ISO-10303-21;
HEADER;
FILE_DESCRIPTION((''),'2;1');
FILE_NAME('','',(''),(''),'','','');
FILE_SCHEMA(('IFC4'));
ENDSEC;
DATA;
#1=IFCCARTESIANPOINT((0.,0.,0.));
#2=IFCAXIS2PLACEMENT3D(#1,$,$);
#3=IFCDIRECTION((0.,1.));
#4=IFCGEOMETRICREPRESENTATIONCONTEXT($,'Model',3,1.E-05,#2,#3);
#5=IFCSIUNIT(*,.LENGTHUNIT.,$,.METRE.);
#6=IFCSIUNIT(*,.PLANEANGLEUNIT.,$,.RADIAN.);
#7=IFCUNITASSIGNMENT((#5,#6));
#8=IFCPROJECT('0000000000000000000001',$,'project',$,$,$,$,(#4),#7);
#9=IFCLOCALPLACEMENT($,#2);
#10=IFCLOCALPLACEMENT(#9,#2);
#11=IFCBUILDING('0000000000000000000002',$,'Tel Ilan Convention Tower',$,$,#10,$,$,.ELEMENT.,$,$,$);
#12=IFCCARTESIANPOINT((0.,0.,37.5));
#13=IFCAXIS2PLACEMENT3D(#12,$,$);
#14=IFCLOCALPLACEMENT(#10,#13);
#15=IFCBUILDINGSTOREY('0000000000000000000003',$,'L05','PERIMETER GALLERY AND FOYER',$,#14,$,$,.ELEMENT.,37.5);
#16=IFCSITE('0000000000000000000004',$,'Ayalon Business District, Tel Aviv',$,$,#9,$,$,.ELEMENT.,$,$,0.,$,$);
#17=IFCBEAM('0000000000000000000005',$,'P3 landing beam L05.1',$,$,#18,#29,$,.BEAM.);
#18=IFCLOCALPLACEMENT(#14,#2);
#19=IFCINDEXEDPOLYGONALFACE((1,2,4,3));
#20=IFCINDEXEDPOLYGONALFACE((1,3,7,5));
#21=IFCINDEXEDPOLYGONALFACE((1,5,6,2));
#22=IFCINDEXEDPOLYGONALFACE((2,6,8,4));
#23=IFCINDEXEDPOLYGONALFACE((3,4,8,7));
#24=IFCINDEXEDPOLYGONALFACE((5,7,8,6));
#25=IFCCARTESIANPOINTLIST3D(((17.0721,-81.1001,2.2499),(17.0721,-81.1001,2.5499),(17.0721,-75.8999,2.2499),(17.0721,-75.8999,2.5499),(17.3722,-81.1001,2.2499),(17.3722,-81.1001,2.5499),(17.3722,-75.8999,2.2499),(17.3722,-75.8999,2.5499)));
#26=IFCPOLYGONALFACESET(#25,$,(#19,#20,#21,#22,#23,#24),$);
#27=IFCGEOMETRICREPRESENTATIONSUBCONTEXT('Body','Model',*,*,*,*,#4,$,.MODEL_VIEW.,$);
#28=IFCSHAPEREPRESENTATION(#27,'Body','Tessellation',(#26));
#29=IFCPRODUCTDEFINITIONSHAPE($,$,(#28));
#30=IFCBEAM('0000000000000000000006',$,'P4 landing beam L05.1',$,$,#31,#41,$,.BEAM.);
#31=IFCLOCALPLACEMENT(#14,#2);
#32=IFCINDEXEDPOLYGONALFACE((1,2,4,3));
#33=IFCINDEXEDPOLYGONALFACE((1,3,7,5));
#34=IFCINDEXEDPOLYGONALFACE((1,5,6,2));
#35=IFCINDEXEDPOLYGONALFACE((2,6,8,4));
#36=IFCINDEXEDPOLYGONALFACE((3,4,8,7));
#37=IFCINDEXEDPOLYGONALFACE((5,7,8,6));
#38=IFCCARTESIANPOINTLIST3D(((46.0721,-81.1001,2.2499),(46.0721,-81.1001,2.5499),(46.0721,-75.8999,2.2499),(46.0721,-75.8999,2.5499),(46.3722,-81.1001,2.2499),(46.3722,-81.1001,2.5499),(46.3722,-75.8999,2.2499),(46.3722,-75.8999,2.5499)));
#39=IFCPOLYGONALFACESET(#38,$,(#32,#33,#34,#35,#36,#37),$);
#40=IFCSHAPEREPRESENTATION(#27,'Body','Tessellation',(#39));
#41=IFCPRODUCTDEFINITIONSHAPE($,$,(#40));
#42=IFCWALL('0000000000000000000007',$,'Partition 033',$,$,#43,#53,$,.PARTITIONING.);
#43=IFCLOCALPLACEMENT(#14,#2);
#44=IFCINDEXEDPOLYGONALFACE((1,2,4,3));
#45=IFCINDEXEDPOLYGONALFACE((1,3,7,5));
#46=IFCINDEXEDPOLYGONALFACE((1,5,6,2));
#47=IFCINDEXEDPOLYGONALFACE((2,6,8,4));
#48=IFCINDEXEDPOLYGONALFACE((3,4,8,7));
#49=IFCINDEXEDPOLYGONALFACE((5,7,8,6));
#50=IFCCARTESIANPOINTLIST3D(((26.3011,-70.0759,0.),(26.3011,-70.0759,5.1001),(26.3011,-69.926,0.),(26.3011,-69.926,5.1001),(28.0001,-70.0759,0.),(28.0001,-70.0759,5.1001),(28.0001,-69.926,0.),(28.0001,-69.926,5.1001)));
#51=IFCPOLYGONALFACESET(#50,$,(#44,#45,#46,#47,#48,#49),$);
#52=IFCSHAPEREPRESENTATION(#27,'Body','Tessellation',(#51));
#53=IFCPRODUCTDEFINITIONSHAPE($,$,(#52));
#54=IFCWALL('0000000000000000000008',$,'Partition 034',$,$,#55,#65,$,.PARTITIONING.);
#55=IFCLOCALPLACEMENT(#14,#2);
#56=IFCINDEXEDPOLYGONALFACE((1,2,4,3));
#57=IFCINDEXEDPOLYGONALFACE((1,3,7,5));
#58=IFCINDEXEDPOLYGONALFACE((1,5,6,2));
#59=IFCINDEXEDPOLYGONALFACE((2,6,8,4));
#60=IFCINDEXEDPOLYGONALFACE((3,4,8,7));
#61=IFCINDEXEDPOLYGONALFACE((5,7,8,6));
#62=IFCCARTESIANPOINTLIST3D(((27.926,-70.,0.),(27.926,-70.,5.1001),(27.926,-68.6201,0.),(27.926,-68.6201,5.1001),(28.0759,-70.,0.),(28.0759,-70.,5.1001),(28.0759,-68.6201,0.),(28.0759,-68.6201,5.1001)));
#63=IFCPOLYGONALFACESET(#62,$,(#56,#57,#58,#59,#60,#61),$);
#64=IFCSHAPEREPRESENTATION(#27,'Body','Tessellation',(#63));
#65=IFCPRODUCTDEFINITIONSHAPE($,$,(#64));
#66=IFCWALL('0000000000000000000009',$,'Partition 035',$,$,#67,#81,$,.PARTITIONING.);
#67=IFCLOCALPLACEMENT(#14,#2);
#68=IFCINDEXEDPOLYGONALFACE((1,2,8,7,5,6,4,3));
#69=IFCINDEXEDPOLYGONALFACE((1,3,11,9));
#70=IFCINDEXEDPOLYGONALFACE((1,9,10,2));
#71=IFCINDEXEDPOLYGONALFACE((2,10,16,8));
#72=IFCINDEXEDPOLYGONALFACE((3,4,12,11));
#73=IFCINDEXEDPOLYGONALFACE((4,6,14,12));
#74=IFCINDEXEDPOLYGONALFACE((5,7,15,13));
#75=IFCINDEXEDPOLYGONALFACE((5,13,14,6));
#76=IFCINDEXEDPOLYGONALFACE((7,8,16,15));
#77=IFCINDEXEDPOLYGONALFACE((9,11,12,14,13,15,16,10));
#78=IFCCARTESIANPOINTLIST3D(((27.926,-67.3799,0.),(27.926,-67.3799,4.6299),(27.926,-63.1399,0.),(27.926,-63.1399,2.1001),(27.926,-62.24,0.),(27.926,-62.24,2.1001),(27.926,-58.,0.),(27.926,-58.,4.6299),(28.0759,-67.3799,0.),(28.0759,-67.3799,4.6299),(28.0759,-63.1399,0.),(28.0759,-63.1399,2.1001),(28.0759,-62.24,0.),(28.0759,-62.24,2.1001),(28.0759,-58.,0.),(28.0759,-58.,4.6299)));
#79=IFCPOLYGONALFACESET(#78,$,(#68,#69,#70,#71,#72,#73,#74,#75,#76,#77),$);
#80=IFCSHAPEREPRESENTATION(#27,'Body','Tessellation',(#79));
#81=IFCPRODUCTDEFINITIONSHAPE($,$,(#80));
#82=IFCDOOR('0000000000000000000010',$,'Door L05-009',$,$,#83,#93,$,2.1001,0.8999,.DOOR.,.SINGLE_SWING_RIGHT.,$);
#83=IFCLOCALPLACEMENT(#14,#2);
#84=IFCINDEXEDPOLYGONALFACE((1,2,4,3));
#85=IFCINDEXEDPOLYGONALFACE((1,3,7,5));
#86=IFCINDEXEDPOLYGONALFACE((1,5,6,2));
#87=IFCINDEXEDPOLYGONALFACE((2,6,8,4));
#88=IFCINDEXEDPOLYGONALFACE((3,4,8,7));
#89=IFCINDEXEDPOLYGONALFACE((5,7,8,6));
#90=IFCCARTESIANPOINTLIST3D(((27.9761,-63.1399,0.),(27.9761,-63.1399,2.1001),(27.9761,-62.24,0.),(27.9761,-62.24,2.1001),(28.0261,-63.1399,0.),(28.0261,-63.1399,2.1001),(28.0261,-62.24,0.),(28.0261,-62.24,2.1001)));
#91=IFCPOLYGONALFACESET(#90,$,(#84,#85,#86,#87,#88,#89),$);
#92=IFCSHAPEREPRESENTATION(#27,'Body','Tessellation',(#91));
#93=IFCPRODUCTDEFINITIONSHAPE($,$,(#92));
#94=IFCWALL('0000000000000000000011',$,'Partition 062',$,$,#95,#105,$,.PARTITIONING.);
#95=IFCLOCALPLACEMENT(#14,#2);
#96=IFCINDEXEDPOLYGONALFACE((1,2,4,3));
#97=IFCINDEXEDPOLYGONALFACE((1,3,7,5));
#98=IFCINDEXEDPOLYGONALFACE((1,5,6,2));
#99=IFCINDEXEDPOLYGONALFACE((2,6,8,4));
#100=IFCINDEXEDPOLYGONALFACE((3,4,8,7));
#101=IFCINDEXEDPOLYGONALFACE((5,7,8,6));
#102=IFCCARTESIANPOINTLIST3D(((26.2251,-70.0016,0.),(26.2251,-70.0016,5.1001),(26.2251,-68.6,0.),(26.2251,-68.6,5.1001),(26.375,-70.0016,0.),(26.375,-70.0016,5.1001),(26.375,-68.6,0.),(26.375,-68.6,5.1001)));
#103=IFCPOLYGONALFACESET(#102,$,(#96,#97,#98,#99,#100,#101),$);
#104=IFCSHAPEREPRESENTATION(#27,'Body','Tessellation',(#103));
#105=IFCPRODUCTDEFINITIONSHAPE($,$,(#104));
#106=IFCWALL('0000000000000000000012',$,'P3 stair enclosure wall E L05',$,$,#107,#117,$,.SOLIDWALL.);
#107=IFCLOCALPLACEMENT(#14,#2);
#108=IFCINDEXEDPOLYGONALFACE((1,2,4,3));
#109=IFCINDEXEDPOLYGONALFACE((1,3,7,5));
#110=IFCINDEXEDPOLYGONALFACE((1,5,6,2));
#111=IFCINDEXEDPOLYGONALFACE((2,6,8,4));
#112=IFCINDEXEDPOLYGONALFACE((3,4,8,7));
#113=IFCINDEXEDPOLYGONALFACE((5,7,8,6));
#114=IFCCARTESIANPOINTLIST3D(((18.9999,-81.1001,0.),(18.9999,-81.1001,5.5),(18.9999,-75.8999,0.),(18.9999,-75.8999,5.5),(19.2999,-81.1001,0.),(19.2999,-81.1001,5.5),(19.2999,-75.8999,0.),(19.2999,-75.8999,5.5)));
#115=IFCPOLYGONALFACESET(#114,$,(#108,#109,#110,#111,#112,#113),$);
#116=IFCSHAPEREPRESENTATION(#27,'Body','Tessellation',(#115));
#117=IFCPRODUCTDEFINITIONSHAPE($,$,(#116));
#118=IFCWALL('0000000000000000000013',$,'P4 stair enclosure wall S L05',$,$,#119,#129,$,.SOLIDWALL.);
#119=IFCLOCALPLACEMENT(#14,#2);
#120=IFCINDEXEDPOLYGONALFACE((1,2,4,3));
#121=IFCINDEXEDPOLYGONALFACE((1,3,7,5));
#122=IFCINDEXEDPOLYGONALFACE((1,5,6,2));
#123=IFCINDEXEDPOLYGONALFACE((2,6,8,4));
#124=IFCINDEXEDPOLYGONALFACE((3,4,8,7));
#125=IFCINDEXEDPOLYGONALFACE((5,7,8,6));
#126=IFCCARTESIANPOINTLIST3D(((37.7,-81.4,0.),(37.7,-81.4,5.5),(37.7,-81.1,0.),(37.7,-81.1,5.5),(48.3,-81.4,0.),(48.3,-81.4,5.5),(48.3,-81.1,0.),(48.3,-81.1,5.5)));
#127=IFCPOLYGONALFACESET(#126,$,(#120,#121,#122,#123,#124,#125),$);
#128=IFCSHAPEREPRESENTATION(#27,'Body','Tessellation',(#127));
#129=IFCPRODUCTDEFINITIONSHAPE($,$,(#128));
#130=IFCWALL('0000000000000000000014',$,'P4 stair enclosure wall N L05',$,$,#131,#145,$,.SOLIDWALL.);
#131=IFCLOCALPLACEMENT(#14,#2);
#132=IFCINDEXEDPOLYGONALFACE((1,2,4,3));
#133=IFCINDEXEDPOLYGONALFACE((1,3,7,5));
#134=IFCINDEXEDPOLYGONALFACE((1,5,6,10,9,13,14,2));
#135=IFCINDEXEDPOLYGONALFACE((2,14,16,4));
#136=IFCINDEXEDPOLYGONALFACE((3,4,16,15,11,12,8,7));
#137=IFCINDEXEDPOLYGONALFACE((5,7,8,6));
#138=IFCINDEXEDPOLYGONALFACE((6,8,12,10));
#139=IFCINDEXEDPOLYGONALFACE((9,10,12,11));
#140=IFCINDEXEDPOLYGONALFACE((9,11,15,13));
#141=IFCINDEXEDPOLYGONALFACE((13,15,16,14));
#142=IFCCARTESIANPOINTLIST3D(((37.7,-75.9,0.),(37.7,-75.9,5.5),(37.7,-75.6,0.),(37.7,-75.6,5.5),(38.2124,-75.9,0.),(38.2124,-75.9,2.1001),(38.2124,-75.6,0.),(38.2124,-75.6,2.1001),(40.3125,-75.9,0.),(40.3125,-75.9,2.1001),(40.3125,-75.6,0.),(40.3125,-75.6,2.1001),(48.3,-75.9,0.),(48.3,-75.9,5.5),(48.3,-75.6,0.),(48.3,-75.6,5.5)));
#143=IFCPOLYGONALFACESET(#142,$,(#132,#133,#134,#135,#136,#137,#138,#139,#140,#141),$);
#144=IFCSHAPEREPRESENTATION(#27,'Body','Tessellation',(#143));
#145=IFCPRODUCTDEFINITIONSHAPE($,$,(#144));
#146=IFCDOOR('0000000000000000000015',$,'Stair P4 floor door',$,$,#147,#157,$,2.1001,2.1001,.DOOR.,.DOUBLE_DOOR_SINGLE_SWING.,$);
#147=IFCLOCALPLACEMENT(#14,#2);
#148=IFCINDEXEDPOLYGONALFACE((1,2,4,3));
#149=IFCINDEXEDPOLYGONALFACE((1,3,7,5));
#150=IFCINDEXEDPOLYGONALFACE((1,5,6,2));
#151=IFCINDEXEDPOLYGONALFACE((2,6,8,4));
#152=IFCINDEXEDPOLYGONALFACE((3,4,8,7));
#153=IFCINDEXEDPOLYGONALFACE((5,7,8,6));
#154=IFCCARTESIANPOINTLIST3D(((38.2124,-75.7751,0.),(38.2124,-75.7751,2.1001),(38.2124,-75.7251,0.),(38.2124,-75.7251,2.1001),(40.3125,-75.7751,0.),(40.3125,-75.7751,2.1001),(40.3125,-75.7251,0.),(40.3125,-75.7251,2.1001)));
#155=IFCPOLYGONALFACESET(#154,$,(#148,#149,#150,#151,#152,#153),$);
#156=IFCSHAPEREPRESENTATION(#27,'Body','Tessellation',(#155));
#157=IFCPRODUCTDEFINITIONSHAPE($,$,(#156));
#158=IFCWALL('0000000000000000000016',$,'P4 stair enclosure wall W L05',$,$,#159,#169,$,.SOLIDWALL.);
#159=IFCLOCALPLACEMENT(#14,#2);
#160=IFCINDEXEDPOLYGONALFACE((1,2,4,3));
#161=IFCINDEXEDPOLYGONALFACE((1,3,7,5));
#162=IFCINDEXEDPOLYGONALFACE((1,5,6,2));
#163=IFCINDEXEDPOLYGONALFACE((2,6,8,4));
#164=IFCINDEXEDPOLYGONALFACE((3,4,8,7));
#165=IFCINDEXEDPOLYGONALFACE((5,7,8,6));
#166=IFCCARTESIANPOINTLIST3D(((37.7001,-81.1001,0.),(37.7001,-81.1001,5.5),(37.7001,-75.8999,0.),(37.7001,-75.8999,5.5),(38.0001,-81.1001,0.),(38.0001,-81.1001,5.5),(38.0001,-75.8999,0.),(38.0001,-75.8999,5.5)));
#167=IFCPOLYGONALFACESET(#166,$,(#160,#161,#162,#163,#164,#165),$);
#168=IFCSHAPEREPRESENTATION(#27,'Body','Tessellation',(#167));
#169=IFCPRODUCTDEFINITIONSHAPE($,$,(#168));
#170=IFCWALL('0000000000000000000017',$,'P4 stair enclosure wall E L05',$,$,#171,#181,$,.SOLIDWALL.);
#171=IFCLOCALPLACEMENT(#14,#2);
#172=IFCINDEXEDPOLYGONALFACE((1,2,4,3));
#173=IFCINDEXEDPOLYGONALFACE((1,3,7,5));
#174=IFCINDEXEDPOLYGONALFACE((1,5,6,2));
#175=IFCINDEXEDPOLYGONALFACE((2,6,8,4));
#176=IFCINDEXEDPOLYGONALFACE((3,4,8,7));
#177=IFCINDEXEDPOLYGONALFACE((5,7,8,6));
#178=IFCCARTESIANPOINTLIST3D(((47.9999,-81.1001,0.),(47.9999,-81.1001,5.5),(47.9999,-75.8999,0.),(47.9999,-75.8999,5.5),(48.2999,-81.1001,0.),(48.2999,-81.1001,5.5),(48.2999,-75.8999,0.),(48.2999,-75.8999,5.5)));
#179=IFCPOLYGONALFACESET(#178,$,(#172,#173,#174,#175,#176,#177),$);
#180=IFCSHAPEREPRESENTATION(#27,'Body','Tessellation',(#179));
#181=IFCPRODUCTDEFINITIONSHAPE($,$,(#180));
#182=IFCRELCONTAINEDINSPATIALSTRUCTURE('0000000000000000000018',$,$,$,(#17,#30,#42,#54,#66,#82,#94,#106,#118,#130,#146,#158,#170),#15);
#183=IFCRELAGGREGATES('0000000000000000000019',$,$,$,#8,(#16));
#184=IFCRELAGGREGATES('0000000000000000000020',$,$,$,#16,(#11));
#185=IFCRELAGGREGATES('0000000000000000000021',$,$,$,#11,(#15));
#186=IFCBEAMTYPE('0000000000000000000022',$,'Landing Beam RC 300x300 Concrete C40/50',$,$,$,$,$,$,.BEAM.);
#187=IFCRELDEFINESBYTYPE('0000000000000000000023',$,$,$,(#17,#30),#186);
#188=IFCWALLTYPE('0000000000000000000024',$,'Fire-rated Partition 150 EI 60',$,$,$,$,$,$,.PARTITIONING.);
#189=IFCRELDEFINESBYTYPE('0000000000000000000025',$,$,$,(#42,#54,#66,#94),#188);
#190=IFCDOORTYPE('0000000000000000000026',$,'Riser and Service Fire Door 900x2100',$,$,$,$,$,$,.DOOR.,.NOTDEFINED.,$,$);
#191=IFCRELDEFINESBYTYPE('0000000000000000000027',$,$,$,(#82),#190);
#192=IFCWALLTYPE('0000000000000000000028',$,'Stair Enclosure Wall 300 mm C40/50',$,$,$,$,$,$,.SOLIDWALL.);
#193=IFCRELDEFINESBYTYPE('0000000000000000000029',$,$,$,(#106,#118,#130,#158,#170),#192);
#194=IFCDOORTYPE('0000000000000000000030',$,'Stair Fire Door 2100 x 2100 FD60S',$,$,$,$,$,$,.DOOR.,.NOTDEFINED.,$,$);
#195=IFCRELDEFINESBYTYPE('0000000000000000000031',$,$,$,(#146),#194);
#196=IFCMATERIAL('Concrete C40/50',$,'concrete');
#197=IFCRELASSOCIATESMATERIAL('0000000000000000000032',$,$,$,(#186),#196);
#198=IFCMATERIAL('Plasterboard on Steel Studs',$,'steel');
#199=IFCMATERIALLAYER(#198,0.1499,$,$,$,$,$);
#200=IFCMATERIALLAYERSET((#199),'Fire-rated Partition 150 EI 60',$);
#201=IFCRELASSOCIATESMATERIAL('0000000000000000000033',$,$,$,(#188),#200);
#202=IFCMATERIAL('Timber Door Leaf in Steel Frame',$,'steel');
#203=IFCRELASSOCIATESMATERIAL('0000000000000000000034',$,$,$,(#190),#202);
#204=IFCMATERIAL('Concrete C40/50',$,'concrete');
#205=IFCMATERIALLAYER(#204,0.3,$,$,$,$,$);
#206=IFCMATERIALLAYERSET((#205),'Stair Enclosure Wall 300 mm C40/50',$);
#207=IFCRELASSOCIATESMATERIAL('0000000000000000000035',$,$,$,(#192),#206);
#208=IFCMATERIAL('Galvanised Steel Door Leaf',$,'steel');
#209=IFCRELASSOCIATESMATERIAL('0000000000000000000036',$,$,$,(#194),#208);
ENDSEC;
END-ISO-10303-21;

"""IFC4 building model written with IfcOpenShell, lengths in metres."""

from ifc_helpers import new_model, si_unit, direction, frame, frame_2d, origin, origin_2d, place, context, subcontext, project, spatial, rectangle, extrude, material, layer, layer_set, material_profile, profile_set, type_object, element, fill, save


model = new_model("IFC4")

# Units and contexts
model_context = context("Model", 3, precision=1e-05, world=origin(), true_north=direction((0.0, 1.0)))
body_context = subcontext(model_context, "Body", "Model", "MODEL_VIEW")
ifc_project = project(units=[si_unit("LENGTHUNIT", "METRE"), si_unit("PLANEANGLEUNIT", "RADIAN")], contexts=[model_context])

# Site, building, storey
site_placement = place(None, origin())
site = spatial("IfcSite", under=ifc_project, at=site_placement, Name="Ayalon Business District, Tel Aviv", CompositionType="ELEMENT", RefElevation=0.0)
building_placement = place(site_placement, origin())
building = spatial("IfcBuilding", under=site, at=building_placement, Name="Tel Ilan Convention Tower", CompositionType="ELEMENT")
storey_placement = place(building_placement, frame((0.0, 0.0, 37.5)))
storey = spatial("IfcBuildingStorey", under=building, at=storey_placement, Name="L05", Description="PERIMETER GALLERY AND FOYER", CompositionType="ELEMENT", Elevation=37.5)

# Beams
ifc_material_1 = material(Name="Concrete C40/50", Category="concrete")
ifc_material_profile_1 = material_profile(ifc_material_1, rectangle(XDim=0.3, YDim=0.3, at=origin_2d()), Name="RC 300x300")
ifc_profile_set_1 = profile_set([ifc_material_profile_1], Name="Concrete C40/50")
beam_type_1 = type_object("IfcBeamType", Name="Landing Beam RC 300x300 Concrete C40/50", PredefinedType="BEAM", material=ifc_profile_set_1)
for number, where, z_axis, x_axis, name in (
    (1, (17.2222, -81.1001, 2.3999), (0.0, 1.0, 0.0), (-1.0, 0.0, 0.0), "P3 landing beam L05.1"),
    (2, (46.2222, -81.1001, 2.3999), (0.0, 1.0, 0.0), (-1.0, 0.0, 0.0), "P4 landing beam L05.1"),
):
    element("IfcBeam", number, at=place(storey_placement, frame(where, z_axis=z_axis, x_axis=x_axis)), inside=storey, type_object=beam_type_1, Name=name, PredefinedType="BEAM", context=body_context, shape_type="SweptSolid", body=[
        extrude(rectangle(XDim=0.3, YDim=0.3, at=origin_2d()), origin(), (0.0, 0.0, 1.0), 5.2002),
    ])

# Walls
ifc_material_2 = material(Name="Plasterboard on Steel Studs", Category="steel")
ifc_layer_1 = layer(ifc_material_2, 0.1499)
ifc_layer_set_1 = layer_set([ifc_layer_1], Name="Fire-rated Partition 150 EI 60")
wall_type_1 = type_object("IfcWallType", Name="Fire-rated Partition 150 EI 60", PredefinedType="PARTITIONING", material=ifc_layer_set_1)
wall_1_placement = place(storey_placement, frame((26.301, -70.001, 0.0), z_axis=(0.0, 0.0, 1.0), x_axis=(1.0, 0.0, 0.0)))
element("IfcWall", 3, at=wall_1_placement, inside=storey, type_object=wall_type_1, Name="Partition 033", PredefinedType="PARTITIONING", context=body_context, shape_type="SweptSolid", body=[
    extrude(rectangle(XDim=1.699, YDim=0.1499, at=frame_2d((0.8496, 0.0))), origin(), (0.0, 0.0, 1.0), 5.1001),
])
wall_2_placement = place(storey_placement, frame((28.001, -70.0, 0.0), z_axis=(0.0, 0.0, 1.0), x_axis=(0.0, 1.0, 0.0)))
element("IfcWall", 4, at=wall_2_placement, inside=storey, type_object=wall_type_1, Name="Partition 034", PredefinedType="PARTITIONING", context=body_context, shape_type="SweptSolid", body=[
    extrude(rectangle(XDim=1.3799, YDim=0.1499, at=frame_2d((0.6899, 0.0))), origin(), (0.0, 0.0, 1.0), 5.1001),
])

# Wall, opening, door
wall_3_placement = place(storey_placement, frame((28.001, -67.3799, 0.0), z_axis=(0.0, 0.0, 1.0), x_axis=(0.0, 1.0, 0.0)))
wall_3 = element("IfcWall", 5, at=wall_3_placement, inside=storey, type_object=wall_type_1, Name="Partition 035", PredefinedType="PARTITIONING", context=body_context, shape_type="SweptSolid", body=[
    extrude(rectangle(XDim=9.3799, YDim=0.1499, at=frame_2d((4.6899, 0.0))), origin(), (0.0, 0.0, 1.0), 4.6299),
])
opening_1_placement = place(wall_3_placement, frame((4.24, 0.0, 0.0)))
opening_1 = element("IfcOpeningElement", 6, at=opening_1_placement, cuts=wall_3, PredefinedType="OPENING", context=body_context, shape_type="SweptSolid", body=[
    extrude(rectangle(XDim=0.8999, YDim=2.1001, at=frame_2d((0.45, 1.05))), frame((0.0, 0.085, 0.0), z_axis=(0.0, -1.0, 0.0), x_axis=(1.0, 0.0, 0.0)), (0.0, 0.0, 1.0), 0.1699),
])
ifc_material_3 = material(Name="Timber Door Leaf in Steel Frame", Category="steel")
door_type_1 = type_object("IfcDoorType", Name="Riser and Service Fire Door 900x2100", OperationType="NOTDEFINED", PredefinedType="DOOR", material=ifc_material_3)
door_1_placement = place(opening_1_placement, origin())
door_1 = element("IfcDoor", 7, at=door_1_placement, inside=storey, type_object=door_type_1, Name="Door L05-009", OperationType="SINGLE_SWING_RIGHT", OverallHeight=2.1001, OverallWidth=0.8999, PredefinedType="DOOR", context=body_context, shape_type="SweptSolid", body=[
    extrude(rectangle(XDim=0.8999, YDim=2.1001, at=frame_2d((0.45, 1.05))), frame((0.0, 0.0249, 0.0), z_axis=(0.0, -1.0, 0.0), x_axis=(1.0, 0.0, 0.0)), (0.0, 0.0, 1.0), 0.05),
])
fill(opening_1, door_1)

# Walls
wall_4_placement = place(storey_placement, frame((26.3, -68.6001, 0.0), z_axis=(0.0, 0.0, 1.0), x_axis=(0.0, -1.0, 0.0)))
element("IfcWall", 8, at=wall_4_placement, inside=storey, type_object=wall_type_1, Name="Partition 062", PredefinedType="PARTITIONING", context=body_context, shape_type="SweptSolid", body=[
    extrude(rectangle(XDim=1.4016, YDim=0.1499, at=frame_2d((0.7007, 0.0))), origin(), (0.0, 0.0, 1.0), 5.1001),
])
ifc_material_4 = material(Name="Concrete C40/50", Category="concrete")
ifc_layer_2 = layer(ifc_material_4, 0.3)
ifc_layer_set_2 = layer_set([ifc_layer_2], Name="Stair Enclosure Wall 300 mm C40/50")
wall_type_2 = type_object("IfcWallType", Name="Stair Enclosure Wall 300 mm C40/50", PredefinedType="SOLIDWALL", material=ifc_layer_set_2)
wall_5_placement = place(storey_placement, frame((19.1499, -81.1001, 0.0), z_axis=(0.0, 0.0, 1.0), x_axis=(0.0, 1.0, 0.0)))
element("IfcWall", 9, at=wall_5_placement, inside=storey, type_object=wall_type_2, Name="P3 stair enclosure wall E L05", PredefinedType="SOLIDWALL", context=body_context, shape_type="SweptSolid", body=[
    extrude(rectangle(XDim=5.2002, YDim=0.3, at=frame_2d((2.6001, 0.0))), origin(), (0.0, 0.0, 1.0), 5.5),
])
wall_6_placement = place(storey_placement, frame((37.7, -81.25, 0.0), z_axis=(0.0, 0.0, 1.0), x_axis=(1.0, 0.0, 0.0)))
element("IfcWall", 10, at=wall_6_placement, inside=storey, type_object=wall_type_2, Name="P4 stair enclosure wall S L05", PredefinedType="SOLIDWALL", context=body_context, shape_type="SweptSolid", body=[
    extrude(rectangle(XDim=10.6001, YDim=0.3, at=frame_2d((5.3, 0.0))), origin(), (0.0, 0.0, 1.0), 5.5),
])

# Wall, opening, door
wall_7_placement = place(storey_placement, frame((37.7, -75.75, 0.0), z_axis=(0.0, 0.0, 1.0), x_axis=(1.0, 0.0, 0.0)))
wall_7 = element("IfcWall", 11, at=wall_7_placement, inside=storey, type_object=wall_type_2, Name="P4 stair enclosure wall N L05", PredefinedType="SOLIDWALL", context=body_context, shape_type="SweptSolid", body=[
    extrude(rectangle(XDim=10.6001, YDim=0.3, at=frame_2d((5.3, 0.0))), origin(), (0.0, 0.0, 1.0), 5.5),
])
opening_2_placement = place(wall_7_placement, frame((0.5125, 0.0, 0.0)))
opening_2 = element("IfcOpeningElement", 12, at=opening_2_placement, cuts=wall_7, PredefinedType="OPENING", context=body_context, shape_type="SweptSolid", body=[
    extrude(rectangle(XDim=2.1001, YDim=2.1001, at=frame_2d((1.05, 1.05))), frame((0.0, 0.1599, 0.0), z_axis=(0.0, -1.0, 0.0), x_axis=(1.0, 0.0, 0.0)), (0.0, 0.0, 1.0), 0.3201),
])
ifc_material_5 = material(Name="Galvanised Steel Door Leaf", Category="steel")
door_type_2 = type_object("IfcDoorType", Name="Stair Fire Door 2100 x 2100 FD60S", OperationType="NOTDEFINED", PredefinedType="DOOR", material=ifc_material_5)
door_2_placement = place(opening_2_placement, origin())
door_2 = element("IfcDoor", 13, at=door_2_placement, inside=storey, type_object=door_type_2, Name="Stair P4 floor door", OperationType="DOUBLE_DOOR_SINGLE_SWING", OverallHeight=2.1001, OverallWidth=2.1001, PredefinedType="DOOR", context=body_context, shape_type="SweptSolid", body=[
    extrude(rectangle(XDim=2.1001, YDim=2.1001, at=frame_2d((1.05, 1.05))), frame((0.0, 0.0249, 0.0), z_axis=(0.0, -1.0, 0.0), x_axis=(1.0, 0.0, 0.0)), (0.0, 0.0, 1.0), 0.05),
])
fill(opening_2, door_2)

# Walls
for number, where, z_axis, x_axis, name in (
    (14, (37.8501, -81.1001, 0.0), (0.0, 0.0, 1.0), (0.0, 1.0, 0.0), "P4 stair enclosure wall W L05"),
    (15, (48.1499, -81.1001, 0.0), (0.0, 0.0, 1.0), (0.0, 1.0, 0.0), "P4 stair enclosure wall E L05"),
):
    element("IfcWall", number, at=place(storey_placement, frame(where, z_axis=z_axis, x_axis=x_axis)), inside=storey, type_object=wall_type_2, Name=name, PredefinedType="SOLIDWALL", context=body_context, shape_type="SweptSolid", body=[
        extrude(rectangle(XDim=5.2002, YDim=0.3, at=frame_2d((2.6001, 0.0))), origin(), (0.0, 0.0, 1.0), 5.5),
    ])

save(model, "model.ifc")
